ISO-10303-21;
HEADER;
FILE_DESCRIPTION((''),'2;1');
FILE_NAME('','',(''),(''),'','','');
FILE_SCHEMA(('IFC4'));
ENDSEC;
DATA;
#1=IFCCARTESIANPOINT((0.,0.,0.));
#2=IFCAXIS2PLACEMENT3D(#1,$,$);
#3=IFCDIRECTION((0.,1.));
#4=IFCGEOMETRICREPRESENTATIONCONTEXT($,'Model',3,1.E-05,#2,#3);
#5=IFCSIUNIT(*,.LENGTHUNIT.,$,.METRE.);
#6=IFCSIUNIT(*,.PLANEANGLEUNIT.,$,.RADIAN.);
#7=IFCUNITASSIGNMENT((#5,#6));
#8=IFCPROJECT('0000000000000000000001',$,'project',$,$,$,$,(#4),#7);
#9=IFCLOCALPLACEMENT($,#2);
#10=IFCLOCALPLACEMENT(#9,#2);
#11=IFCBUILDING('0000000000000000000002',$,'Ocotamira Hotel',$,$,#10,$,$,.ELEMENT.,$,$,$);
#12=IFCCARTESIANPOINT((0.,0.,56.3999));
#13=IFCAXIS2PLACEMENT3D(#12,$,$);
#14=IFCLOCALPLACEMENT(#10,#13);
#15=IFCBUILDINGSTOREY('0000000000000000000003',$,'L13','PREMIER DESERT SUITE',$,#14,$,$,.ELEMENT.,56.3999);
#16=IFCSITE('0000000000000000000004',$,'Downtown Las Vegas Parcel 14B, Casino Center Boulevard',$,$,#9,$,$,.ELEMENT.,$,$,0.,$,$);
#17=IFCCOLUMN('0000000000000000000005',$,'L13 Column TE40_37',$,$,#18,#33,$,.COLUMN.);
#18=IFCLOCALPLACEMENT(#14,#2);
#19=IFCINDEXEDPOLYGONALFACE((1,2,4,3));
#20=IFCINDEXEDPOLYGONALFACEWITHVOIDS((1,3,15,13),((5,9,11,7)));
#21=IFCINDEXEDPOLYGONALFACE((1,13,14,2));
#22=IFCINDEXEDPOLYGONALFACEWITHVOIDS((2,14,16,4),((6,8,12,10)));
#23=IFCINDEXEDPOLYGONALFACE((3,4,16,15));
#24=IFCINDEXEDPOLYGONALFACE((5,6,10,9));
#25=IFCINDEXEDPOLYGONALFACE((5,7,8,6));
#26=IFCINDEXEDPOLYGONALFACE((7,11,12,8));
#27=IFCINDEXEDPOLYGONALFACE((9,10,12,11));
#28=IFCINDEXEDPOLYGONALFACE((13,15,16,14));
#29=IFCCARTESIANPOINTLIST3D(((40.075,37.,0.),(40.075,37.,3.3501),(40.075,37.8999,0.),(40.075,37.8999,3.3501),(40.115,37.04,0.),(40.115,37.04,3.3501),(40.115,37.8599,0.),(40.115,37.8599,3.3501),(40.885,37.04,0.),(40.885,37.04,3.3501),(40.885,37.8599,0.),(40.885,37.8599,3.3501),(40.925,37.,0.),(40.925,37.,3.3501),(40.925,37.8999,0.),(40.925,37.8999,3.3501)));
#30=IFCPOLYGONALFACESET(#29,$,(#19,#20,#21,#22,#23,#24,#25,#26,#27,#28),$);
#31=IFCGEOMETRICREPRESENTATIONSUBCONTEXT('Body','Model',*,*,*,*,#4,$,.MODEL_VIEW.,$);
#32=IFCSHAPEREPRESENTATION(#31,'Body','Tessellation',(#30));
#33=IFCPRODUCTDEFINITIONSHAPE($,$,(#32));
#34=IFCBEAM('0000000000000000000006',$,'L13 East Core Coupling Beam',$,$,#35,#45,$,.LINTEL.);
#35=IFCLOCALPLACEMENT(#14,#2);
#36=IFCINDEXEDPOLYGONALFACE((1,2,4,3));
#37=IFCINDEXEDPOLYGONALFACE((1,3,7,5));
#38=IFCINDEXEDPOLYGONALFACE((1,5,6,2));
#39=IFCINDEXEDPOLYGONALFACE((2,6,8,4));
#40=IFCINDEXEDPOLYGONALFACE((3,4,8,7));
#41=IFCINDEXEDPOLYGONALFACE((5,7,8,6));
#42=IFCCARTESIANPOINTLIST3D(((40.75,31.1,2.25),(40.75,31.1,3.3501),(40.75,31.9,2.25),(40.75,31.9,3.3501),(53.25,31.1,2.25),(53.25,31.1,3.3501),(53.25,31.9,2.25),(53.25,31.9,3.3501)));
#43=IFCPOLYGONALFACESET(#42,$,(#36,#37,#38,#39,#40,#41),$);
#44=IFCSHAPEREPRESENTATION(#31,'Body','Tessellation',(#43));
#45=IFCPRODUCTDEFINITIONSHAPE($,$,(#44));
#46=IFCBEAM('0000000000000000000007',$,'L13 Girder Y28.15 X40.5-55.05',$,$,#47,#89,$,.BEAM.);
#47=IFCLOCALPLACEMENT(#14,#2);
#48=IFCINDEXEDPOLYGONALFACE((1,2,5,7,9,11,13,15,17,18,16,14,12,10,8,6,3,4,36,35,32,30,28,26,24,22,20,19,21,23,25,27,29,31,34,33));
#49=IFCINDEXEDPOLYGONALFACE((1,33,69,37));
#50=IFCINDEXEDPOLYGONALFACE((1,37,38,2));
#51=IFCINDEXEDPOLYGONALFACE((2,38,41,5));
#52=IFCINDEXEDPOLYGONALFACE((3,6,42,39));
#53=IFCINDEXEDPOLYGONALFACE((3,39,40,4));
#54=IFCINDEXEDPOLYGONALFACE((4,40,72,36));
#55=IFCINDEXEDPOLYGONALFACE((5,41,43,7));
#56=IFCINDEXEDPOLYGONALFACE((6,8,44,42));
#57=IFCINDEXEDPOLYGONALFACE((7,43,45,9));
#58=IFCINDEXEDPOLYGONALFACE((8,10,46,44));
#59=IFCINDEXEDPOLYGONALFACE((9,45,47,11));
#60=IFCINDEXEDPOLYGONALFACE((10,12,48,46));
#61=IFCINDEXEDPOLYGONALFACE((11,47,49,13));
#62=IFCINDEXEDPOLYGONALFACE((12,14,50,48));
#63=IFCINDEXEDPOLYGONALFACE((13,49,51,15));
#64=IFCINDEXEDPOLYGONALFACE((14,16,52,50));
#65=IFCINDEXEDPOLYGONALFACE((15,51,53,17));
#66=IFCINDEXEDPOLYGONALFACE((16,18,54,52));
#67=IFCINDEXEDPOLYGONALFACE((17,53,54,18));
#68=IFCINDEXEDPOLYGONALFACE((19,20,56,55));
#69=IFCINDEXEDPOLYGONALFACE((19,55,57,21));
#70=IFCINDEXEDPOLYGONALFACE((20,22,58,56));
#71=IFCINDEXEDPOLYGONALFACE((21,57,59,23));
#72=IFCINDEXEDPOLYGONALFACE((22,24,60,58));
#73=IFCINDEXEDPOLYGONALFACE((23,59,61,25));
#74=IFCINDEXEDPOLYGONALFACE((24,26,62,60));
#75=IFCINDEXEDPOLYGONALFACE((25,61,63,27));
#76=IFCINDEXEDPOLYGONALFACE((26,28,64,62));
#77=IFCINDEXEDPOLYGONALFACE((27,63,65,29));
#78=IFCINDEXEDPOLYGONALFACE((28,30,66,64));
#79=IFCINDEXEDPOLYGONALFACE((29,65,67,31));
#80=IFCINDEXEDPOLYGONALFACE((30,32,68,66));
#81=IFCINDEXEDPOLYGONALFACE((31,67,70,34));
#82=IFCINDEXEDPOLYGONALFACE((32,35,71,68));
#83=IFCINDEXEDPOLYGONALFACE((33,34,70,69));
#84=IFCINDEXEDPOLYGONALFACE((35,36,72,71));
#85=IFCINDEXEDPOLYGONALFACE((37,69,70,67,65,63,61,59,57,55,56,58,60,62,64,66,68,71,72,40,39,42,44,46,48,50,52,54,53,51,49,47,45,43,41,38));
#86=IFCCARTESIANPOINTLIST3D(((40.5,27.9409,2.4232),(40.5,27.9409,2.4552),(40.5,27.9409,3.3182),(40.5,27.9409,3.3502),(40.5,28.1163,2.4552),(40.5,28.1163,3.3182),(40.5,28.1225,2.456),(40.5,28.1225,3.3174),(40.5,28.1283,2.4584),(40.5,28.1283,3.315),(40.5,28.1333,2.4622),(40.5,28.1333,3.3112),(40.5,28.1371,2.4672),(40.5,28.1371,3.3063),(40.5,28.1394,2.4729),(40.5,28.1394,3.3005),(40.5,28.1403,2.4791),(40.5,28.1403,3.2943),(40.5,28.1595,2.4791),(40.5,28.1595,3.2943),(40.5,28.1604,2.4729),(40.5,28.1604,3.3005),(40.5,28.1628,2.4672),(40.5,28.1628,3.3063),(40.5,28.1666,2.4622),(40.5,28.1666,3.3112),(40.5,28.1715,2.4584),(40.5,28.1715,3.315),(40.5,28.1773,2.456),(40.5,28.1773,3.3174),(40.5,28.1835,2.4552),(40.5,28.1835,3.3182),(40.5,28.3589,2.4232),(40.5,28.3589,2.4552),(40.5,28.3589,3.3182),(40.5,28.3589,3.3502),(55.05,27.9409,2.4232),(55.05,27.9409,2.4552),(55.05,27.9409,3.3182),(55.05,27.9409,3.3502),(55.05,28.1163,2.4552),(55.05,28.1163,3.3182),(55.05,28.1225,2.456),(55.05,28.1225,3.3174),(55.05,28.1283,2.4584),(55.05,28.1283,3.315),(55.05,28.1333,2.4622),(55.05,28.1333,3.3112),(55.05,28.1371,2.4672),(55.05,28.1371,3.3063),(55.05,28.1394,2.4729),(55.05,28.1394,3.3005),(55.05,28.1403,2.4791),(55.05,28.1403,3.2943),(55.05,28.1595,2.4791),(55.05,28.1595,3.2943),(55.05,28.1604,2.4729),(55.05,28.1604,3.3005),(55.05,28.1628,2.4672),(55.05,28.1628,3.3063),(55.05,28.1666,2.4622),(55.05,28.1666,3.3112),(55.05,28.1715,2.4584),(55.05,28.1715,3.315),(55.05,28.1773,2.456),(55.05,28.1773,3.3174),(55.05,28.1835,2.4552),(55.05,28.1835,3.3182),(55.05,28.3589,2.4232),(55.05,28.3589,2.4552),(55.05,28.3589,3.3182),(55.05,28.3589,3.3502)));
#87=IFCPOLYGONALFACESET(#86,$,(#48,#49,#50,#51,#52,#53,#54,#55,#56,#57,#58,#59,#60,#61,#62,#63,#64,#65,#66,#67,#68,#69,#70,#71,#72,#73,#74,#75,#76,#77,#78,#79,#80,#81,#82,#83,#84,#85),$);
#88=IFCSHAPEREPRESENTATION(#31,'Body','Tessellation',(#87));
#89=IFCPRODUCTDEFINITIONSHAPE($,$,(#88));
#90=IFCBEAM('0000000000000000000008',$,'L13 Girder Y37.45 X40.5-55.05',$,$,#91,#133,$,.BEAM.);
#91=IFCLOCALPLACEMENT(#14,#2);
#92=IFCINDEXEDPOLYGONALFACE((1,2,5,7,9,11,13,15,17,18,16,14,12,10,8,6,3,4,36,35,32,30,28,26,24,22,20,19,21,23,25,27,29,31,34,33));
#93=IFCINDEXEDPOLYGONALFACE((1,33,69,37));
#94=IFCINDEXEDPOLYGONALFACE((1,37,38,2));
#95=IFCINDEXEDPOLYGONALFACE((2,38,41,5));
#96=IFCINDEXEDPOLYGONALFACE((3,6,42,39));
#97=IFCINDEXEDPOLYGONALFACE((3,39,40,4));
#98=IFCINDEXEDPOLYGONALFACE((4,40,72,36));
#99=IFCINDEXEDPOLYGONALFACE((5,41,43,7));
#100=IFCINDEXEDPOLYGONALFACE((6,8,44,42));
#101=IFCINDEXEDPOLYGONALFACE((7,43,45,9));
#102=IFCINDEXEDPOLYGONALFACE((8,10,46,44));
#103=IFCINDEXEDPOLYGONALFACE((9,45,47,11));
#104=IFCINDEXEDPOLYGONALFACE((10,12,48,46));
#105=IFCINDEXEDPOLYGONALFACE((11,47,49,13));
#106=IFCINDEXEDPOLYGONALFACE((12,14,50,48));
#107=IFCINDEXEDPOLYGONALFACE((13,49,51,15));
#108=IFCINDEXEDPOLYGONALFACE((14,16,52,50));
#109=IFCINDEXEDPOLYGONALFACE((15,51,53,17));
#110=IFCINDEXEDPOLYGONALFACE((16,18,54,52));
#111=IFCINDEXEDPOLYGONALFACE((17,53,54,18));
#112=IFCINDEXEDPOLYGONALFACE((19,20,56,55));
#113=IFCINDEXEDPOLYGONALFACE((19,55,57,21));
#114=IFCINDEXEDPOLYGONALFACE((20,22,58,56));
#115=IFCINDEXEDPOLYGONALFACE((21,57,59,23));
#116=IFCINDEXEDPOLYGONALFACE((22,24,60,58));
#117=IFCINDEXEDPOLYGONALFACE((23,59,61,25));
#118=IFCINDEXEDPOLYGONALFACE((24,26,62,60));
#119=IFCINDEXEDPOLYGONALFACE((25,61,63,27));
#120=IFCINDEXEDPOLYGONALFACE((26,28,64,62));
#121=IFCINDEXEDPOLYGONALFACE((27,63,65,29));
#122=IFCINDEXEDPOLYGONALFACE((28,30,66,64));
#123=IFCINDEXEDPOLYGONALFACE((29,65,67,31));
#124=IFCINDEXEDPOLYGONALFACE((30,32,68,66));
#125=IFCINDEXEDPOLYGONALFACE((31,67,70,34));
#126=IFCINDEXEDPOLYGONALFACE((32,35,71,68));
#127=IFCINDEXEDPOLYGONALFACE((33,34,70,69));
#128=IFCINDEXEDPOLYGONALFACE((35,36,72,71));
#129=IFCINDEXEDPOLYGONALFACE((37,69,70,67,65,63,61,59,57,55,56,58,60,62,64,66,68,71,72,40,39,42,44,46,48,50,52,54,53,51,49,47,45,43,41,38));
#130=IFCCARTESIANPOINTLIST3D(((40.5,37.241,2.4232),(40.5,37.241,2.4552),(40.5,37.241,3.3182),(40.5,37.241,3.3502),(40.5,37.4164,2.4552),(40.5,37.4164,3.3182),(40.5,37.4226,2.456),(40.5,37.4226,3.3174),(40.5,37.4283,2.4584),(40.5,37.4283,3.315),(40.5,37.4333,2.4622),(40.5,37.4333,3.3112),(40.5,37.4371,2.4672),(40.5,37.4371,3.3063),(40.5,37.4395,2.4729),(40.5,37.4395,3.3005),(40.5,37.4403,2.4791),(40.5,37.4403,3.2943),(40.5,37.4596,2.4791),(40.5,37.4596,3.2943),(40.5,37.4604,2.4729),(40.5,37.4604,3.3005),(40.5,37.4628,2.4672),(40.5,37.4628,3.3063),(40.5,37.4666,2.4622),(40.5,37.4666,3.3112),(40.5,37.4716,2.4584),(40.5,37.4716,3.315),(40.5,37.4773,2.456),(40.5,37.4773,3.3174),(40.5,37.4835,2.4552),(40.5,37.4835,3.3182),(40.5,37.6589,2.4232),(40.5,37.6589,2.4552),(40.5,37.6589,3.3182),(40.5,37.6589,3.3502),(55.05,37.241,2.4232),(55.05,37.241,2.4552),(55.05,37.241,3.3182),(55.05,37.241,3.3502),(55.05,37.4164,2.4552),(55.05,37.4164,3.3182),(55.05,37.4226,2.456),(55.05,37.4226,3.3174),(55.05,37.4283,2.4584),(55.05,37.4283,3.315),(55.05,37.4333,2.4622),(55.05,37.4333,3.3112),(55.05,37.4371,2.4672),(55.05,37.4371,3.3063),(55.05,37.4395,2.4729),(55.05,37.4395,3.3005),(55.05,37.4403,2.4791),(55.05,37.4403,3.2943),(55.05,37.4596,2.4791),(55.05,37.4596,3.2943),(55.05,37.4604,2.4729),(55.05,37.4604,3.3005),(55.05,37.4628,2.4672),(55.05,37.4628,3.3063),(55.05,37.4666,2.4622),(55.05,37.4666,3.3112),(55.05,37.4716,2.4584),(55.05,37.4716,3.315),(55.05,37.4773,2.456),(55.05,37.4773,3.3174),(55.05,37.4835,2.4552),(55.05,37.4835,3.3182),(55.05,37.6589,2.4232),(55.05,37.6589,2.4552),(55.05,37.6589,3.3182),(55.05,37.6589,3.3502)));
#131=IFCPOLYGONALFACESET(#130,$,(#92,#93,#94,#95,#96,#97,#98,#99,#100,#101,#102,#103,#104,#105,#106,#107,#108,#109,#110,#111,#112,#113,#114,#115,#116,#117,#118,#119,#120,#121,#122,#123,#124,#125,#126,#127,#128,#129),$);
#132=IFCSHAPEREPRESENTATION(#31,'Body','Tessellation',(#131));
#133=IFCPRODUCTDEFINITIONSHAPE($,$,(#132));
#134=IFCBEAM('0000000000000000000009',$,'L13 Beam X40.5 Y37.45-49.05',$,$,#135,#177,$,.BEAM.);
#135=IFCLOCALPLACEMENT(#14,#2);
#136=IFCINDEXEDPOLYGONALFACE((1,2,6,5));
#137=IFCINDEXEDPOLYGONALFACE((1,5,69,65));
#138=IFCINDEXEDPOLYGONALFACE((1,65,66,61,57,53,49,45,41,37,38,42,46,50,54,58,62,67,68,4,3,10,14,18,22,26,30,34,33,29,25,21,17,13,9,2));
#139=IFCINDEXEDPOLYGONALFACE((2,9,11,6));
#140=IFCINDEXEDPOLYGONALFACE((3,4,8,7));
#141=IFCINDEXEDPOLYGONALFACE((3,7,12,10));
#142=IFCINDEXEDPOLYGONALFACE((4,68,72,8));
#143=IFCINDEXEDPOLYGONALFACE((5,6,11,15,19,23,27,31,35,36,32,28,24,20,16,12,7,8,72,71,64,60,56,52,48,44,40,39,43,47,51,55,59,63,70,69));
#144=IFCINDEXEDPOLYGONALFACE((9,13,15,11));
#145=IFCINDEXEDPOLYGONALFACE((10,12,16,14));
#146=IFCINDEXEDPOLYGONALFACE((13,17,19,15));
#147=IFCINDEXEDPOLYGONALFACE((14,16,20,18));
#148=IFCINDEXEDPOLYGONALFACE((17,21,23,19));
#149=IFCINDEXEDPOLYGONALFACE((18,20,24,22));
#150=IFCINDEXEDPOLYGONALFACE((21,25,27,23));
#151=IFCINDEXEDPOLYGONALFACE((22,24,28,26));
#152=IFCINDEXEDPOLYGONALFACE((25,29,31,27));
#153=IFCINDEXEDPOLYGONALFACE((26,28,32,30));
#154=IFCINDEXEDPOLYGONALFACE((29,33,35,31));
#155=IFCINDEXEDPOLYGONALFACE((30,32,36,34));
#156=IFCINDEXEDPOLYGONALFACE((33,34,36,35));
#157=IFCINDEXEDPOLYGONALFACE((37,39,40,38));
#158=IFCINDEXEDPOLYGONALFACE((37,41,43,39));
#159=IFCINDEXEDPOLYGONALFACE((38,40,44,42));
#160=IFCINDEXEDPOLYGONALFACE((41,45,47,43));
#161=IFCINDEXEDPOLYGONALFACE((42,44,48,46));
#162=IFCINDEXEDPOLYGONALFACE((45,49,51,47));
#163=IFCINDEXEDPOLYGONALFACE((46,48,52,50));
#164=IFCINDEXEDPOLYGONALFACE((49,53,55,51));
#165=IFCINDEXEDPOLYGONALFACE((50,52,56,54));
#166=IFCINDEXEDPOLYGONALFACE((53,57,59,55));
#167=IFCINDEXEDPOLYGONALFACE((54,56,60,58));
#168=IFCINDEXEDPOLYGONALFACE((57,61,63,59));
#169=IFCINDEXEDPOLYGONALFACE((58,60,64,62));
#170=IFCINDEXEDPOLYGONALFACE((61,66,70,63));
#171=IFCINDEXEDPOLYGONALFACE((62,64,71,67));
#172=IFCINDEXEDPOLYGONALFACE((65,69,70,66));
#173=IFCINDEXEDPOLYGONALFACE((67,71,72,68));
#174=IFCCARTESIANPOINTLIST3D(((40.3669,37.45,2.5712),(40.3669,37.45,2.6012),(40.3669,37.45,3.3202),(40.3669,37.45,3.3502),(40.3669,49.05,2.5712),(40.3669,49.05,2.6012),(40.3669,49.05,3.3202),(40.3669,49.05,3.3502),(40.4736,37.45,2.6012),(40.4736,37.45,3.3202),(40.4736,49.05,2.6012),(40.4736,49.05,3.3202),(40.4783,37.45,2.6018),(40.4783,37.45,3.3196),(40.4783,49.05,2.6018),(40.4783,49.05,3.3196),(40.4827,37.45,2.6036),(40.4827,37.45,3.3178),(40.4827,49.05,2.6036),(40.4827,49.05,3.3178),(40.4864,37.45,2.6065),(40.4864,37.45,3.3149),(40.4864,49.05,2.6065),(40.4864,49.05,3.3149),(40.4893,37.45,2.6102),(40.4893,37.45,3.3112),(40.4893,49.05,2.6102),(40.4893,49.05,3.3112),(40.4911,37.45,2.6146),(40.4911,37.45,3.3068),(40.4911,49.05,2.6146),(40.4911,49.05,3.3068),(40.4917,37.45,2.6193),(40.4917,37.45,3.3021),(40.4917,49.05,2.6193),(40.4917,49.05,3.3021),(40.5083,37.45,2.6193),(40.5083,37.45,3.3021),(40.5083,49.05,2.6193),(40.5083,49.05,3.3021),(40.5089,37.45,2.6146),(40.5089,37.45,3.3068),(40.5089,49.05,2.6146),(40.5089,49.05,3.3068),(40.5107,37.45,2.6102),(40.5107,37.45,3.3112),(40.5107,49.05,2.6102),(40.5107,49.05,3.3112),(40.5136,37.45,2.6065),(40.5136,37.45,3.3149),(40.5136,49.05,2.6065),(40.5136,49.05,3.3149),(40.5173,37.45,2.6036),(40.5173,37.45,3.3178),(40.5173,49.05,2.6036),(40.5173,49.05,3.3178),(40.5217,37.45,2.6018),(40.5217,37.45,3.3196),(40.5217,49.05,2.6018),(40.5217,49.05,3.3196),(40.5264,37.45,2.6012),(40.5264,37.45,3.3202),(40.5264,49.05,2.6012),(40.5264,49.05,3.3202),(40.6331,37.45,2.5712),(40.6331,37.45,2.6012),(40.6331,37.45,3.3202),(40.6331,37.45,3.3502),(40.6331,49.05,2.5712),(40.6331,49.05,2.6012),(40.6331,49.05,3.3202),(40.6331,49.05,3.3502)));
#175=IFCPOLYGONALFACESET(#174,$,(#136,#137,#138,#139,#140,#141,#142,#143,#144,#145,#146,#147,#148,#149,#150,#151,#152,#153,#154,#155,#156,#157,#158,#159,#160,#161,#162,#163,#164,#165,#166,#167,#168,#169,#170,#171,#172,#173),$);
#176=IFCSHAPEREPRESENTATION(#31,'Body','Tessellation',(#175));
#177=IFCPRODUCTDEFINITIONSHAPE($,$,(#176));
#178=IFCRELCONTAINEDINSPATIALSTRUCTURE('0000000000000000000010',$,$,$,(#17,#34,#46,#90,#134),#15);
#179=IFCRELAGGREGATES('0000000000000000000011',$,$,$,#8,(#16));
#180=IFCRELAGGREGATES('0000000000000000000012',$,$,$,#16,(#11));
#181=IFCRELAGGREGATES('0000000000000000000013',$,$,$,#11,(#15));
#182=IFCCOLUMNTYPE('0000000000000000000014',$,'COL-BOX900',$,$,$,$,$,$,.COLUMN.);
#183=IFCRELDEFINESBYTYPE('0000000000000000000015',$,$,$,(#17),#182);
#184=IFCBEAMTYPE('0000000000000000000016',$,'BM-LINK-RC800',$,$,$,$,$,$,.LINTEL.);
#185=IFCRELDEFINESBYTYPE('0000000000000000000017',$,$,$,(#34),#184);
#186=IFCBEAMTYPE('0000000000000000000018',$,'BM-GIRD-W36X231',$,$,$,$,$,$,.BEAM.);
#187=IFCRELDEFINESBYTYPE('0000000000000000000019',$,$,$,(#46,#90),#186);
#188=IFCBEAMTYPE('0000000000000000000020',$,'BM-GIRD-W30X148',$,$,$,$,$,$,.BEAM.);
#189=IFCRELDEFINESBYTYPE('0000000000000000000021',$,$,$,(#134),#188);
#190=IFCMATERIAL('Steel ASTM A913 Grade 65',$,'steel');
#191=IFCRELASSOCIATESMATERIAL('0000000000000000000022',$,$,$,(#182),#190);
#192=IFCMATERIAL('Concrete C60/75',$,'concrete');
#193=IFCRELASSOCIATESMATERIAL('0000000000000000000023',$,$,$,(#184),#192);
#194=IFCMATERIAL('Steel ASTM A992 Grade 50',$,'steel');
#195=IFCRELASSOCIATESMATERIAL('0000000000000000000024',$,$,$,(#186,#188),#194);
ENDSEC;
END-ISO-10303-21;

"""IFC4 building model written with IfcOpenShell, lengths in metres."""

from ifc_helpers import new_model, si_unit, direction, frame, origin, origin_2d, place, context, subcontext, project, spatial, rectangle, hollow_rectangle, i_section, extrude, source, transform, mapped, material, material_profile, profile_set, type_object, element, save


model = new_model("IFC4")

# Units and contexts
model_context = context("Model", 3, precision=1e-05, world=origin(), true_north=direction((0.0, 1.0)))
body_context = subcontext(model_context, "Body", "Model", "MODEL_VIEW")
ifc_project = project(units=[si_unit("LENGTHUNIT", "METRE"), si_unit("PLANEANGLEUNIT", "RADIAN")], contexts=[model_context])

# Site, building, storey
site_placement = place(None, origin())
site = spatial("IfcSite", under=ifc_project, at=site_placement, Name="Downtown Las Vegas Parcel 14B, Casino Center Boulevard", CompositionType="ELEMENT", RefElevation=0.0)
building_placement = place(site_placement, origin())
building = spatial("IfcBuilding", under=site, at=building_placement, Name="Ocotamira Hotel", CompositionType="ELEMENT")
storey_placement = place(building_placement, frame((0.0, 0.0, 56.3999)))
storey = spatial("IfcBuildingStorey", under=building, at=storey_placement, Name="L13", Description="PREMIER DESERT SUITE", CompositionType="ELEMENT", Elevation=56.3999)

# Column
ifc_material_1 = material(Name="Steel ASTM A913 Grade 65", Category="steel")
ifc_material_profile_1 = material_profile(ifc_material_1, hollow_rectangle(XDim=0.8501, YDim=0.8999, WallThickness=0.04, at=origin_2d()), Name="BOX900X850X40")
ifc_profile_set_1 = profile_set([ifc_material_profile_1], Name="Steel ASTM A913 Grade 65")
column_type = type_object("IfcColumnType", Name="COL-BOX900", PredefinedType="COLUMN", material=ifc_profile_set_1)
shared_shape_1 = source(origin(), body_context, "Body", "SweptSolid", [
    extrude(hollow_rectangle(XDim=0.8501, YDim=0.8999, WallThickness=0.04, at=origin_2d()), origin(), (0.0, 0.0, 1.0), 3.3501),
])
column_placement = place(storey_placement, frame((40.5, 37.45, 0.0), z_axis=(0.0, 0.0, 1.0), x_axis=(1.0, 0.0, 0.0)))
element("IfcColumn", 1, at=column_placement, inside=storey, type_object=column_type, Name="L13 Column TE40_37", PredefinedType="COLUMN", context=body_context, shape_type="MappedRepresentation", body=[
    mapped(shared_shape_1, transform((0.0, 0.0, 0.0), scale=1.0)),
])

# Beams
ifc_material_2 = material(Name="Concrete C60/75", Category="concrete")
ifc_material_profile_2 = material_profile(ifc_material_2, rectangle(XDim=0.8, YDim=1.1001, at=origin_2d()), Name="RC800X1100")
ifc_profile_set_2 = profile_set([ifc_material_profile_2], Name="Concrete C60/75")
beam_type_1 = type_object("IfcBeamType", Name="BM-LINK-RC800", PredefinedType="LINTEL", material=ifc_profile_set_2)
shared_shape_2 = source(origin(), body_context, "Body", "SweptSolid", [
    extrude(rectangle(XDim=0.8, YDim=1.1001, at=origin_2d()), origin(), (0.0, 0.0, 1.0), 12.5),
])
beam_1_placement = place(storey_placement, frame((40.75, 31.5, 2.8), z_axis=(1.0, 0.0, 0.0), x_axis=(0.0, 1.0, 0.0)))
element("IfcBeam", 2, at=beam_1_placement, inside=storey, type_object=beam_type_1, Name="L13 East Core Coupling Beam", PredefinedType="LINTEL", context=body_context, shape_type="MappedRepresentation", body=[
    mapped(shared_shape_2, transform((0.0, 0.0, 0.0), scale=1.0)),
])
ifc_material_3 = material(Name="Steel ASTM A992 Grade 50", Category="steel")
ifc_material_profile_3 = material_profile(ifc_material_3, i_section(OverallWidth=0.418, OverallDepth=0.927, WebThickness=0.0193, FlangeThickness=0.032, FilletRadius=0.0239, at=origin_2d()), Name="W36X231")
ifc_profile_set_3 = profile_set([ifc_material_profile_3], Name="Steel ASTM A992 Grade 50")
beam_type_2 = type_object("IfcBeamType", Name="BM-GIRD-W36X231", PredefinedType="BEAM", material=ifc_profile_set_3)
shared_shape_3 = source(origin(), body_context, "Body", "SweptSolid", [
    extrude(i_section(OverallWidth=0.418, OverallDepth=0.927, WebThickness=0.0193, FlangeThickness=0.032, FilletRadius=0.0239, at=origin_2d()), origin(), (0.0, 0.0, 1.0), 14.55),
])
for number, where, z_axis, x_axis, name in (
    (3, (40.5, 28.1499, 2.8867), (1.0, 0.0, 0.0), (0.0, 1.0, 0.0), "L13 Girder Y28.15 X40.5-55.05"),
    (4, (40.5, 37.45, 2.8867), (1.0, 0.0, 0.0), (0.0, 1.0, 0.0), "L13 Girder Y37.45 X40.5-55.05"),
):
    element("IfcBeam", number, at=place(storey_placement, frame(where, z_axis=z_axis, x_axis=x_axis)), inside=storey, type_object=beam_type_2, Name=name, PredefinedType="BEAM", context=body_context, shape_type="MappedRepresentation", body=[
        mapped(shared_shape_3, transform((0.0, 0.0, 0.0), scale=1.0)),
    ])
ifc_material_profile_4 = material_profile(ifc_material_3, i_section(OverallWidth=0.2661, OverallDepth=0.7791, WebThickness=0.0166, FlangeThickness=0.03, FilletRadius=0.0181, at=origin_2d()), Name="W30X148")
ifc_profile_set_4 = profile_set([ifc_material_profile_4], Name="Steel ASTM A992 Grade 50")
beam_type_3 = type_object("IfcBeamType", Name="BM-GIRD-W30X148", PredefinedType="BEAM", material=ifc_profile_set_4)
shared_shape_4 = source(origin(), body_context, "Body", "SweptSolid", [
    extrude(i_section(OverallWidth=0.2661, OverallDepth=0.7791, WebThickness=0.0166, FlangeThickness=0.03, FilletRadius=0.0181, at=origin_2d()), origin(), (0.0, 0.0, 1.0), 11.6001),
])
beam_2_placement = place(storey_placement, frame((40.5, 37.45, 2.9607), z_axis=(0.0, 1.0, 0.0), x_axis=(-1.0, 0.0, 0.0)))
element("IfcBeam", 5, at=beam_2_placement, inside=storey, type_object=beam_type_3, Name="L13 Beam X40.5 Y37.45-49.05", PredefinedType="BEAM", context=body_context, shape_type="MappedRepresentation", body=[
    mapped(shared_shape_4, transform((0.0, 0.0, 0.0), scale=1.0)),
])

save(model, "model.ifc")
